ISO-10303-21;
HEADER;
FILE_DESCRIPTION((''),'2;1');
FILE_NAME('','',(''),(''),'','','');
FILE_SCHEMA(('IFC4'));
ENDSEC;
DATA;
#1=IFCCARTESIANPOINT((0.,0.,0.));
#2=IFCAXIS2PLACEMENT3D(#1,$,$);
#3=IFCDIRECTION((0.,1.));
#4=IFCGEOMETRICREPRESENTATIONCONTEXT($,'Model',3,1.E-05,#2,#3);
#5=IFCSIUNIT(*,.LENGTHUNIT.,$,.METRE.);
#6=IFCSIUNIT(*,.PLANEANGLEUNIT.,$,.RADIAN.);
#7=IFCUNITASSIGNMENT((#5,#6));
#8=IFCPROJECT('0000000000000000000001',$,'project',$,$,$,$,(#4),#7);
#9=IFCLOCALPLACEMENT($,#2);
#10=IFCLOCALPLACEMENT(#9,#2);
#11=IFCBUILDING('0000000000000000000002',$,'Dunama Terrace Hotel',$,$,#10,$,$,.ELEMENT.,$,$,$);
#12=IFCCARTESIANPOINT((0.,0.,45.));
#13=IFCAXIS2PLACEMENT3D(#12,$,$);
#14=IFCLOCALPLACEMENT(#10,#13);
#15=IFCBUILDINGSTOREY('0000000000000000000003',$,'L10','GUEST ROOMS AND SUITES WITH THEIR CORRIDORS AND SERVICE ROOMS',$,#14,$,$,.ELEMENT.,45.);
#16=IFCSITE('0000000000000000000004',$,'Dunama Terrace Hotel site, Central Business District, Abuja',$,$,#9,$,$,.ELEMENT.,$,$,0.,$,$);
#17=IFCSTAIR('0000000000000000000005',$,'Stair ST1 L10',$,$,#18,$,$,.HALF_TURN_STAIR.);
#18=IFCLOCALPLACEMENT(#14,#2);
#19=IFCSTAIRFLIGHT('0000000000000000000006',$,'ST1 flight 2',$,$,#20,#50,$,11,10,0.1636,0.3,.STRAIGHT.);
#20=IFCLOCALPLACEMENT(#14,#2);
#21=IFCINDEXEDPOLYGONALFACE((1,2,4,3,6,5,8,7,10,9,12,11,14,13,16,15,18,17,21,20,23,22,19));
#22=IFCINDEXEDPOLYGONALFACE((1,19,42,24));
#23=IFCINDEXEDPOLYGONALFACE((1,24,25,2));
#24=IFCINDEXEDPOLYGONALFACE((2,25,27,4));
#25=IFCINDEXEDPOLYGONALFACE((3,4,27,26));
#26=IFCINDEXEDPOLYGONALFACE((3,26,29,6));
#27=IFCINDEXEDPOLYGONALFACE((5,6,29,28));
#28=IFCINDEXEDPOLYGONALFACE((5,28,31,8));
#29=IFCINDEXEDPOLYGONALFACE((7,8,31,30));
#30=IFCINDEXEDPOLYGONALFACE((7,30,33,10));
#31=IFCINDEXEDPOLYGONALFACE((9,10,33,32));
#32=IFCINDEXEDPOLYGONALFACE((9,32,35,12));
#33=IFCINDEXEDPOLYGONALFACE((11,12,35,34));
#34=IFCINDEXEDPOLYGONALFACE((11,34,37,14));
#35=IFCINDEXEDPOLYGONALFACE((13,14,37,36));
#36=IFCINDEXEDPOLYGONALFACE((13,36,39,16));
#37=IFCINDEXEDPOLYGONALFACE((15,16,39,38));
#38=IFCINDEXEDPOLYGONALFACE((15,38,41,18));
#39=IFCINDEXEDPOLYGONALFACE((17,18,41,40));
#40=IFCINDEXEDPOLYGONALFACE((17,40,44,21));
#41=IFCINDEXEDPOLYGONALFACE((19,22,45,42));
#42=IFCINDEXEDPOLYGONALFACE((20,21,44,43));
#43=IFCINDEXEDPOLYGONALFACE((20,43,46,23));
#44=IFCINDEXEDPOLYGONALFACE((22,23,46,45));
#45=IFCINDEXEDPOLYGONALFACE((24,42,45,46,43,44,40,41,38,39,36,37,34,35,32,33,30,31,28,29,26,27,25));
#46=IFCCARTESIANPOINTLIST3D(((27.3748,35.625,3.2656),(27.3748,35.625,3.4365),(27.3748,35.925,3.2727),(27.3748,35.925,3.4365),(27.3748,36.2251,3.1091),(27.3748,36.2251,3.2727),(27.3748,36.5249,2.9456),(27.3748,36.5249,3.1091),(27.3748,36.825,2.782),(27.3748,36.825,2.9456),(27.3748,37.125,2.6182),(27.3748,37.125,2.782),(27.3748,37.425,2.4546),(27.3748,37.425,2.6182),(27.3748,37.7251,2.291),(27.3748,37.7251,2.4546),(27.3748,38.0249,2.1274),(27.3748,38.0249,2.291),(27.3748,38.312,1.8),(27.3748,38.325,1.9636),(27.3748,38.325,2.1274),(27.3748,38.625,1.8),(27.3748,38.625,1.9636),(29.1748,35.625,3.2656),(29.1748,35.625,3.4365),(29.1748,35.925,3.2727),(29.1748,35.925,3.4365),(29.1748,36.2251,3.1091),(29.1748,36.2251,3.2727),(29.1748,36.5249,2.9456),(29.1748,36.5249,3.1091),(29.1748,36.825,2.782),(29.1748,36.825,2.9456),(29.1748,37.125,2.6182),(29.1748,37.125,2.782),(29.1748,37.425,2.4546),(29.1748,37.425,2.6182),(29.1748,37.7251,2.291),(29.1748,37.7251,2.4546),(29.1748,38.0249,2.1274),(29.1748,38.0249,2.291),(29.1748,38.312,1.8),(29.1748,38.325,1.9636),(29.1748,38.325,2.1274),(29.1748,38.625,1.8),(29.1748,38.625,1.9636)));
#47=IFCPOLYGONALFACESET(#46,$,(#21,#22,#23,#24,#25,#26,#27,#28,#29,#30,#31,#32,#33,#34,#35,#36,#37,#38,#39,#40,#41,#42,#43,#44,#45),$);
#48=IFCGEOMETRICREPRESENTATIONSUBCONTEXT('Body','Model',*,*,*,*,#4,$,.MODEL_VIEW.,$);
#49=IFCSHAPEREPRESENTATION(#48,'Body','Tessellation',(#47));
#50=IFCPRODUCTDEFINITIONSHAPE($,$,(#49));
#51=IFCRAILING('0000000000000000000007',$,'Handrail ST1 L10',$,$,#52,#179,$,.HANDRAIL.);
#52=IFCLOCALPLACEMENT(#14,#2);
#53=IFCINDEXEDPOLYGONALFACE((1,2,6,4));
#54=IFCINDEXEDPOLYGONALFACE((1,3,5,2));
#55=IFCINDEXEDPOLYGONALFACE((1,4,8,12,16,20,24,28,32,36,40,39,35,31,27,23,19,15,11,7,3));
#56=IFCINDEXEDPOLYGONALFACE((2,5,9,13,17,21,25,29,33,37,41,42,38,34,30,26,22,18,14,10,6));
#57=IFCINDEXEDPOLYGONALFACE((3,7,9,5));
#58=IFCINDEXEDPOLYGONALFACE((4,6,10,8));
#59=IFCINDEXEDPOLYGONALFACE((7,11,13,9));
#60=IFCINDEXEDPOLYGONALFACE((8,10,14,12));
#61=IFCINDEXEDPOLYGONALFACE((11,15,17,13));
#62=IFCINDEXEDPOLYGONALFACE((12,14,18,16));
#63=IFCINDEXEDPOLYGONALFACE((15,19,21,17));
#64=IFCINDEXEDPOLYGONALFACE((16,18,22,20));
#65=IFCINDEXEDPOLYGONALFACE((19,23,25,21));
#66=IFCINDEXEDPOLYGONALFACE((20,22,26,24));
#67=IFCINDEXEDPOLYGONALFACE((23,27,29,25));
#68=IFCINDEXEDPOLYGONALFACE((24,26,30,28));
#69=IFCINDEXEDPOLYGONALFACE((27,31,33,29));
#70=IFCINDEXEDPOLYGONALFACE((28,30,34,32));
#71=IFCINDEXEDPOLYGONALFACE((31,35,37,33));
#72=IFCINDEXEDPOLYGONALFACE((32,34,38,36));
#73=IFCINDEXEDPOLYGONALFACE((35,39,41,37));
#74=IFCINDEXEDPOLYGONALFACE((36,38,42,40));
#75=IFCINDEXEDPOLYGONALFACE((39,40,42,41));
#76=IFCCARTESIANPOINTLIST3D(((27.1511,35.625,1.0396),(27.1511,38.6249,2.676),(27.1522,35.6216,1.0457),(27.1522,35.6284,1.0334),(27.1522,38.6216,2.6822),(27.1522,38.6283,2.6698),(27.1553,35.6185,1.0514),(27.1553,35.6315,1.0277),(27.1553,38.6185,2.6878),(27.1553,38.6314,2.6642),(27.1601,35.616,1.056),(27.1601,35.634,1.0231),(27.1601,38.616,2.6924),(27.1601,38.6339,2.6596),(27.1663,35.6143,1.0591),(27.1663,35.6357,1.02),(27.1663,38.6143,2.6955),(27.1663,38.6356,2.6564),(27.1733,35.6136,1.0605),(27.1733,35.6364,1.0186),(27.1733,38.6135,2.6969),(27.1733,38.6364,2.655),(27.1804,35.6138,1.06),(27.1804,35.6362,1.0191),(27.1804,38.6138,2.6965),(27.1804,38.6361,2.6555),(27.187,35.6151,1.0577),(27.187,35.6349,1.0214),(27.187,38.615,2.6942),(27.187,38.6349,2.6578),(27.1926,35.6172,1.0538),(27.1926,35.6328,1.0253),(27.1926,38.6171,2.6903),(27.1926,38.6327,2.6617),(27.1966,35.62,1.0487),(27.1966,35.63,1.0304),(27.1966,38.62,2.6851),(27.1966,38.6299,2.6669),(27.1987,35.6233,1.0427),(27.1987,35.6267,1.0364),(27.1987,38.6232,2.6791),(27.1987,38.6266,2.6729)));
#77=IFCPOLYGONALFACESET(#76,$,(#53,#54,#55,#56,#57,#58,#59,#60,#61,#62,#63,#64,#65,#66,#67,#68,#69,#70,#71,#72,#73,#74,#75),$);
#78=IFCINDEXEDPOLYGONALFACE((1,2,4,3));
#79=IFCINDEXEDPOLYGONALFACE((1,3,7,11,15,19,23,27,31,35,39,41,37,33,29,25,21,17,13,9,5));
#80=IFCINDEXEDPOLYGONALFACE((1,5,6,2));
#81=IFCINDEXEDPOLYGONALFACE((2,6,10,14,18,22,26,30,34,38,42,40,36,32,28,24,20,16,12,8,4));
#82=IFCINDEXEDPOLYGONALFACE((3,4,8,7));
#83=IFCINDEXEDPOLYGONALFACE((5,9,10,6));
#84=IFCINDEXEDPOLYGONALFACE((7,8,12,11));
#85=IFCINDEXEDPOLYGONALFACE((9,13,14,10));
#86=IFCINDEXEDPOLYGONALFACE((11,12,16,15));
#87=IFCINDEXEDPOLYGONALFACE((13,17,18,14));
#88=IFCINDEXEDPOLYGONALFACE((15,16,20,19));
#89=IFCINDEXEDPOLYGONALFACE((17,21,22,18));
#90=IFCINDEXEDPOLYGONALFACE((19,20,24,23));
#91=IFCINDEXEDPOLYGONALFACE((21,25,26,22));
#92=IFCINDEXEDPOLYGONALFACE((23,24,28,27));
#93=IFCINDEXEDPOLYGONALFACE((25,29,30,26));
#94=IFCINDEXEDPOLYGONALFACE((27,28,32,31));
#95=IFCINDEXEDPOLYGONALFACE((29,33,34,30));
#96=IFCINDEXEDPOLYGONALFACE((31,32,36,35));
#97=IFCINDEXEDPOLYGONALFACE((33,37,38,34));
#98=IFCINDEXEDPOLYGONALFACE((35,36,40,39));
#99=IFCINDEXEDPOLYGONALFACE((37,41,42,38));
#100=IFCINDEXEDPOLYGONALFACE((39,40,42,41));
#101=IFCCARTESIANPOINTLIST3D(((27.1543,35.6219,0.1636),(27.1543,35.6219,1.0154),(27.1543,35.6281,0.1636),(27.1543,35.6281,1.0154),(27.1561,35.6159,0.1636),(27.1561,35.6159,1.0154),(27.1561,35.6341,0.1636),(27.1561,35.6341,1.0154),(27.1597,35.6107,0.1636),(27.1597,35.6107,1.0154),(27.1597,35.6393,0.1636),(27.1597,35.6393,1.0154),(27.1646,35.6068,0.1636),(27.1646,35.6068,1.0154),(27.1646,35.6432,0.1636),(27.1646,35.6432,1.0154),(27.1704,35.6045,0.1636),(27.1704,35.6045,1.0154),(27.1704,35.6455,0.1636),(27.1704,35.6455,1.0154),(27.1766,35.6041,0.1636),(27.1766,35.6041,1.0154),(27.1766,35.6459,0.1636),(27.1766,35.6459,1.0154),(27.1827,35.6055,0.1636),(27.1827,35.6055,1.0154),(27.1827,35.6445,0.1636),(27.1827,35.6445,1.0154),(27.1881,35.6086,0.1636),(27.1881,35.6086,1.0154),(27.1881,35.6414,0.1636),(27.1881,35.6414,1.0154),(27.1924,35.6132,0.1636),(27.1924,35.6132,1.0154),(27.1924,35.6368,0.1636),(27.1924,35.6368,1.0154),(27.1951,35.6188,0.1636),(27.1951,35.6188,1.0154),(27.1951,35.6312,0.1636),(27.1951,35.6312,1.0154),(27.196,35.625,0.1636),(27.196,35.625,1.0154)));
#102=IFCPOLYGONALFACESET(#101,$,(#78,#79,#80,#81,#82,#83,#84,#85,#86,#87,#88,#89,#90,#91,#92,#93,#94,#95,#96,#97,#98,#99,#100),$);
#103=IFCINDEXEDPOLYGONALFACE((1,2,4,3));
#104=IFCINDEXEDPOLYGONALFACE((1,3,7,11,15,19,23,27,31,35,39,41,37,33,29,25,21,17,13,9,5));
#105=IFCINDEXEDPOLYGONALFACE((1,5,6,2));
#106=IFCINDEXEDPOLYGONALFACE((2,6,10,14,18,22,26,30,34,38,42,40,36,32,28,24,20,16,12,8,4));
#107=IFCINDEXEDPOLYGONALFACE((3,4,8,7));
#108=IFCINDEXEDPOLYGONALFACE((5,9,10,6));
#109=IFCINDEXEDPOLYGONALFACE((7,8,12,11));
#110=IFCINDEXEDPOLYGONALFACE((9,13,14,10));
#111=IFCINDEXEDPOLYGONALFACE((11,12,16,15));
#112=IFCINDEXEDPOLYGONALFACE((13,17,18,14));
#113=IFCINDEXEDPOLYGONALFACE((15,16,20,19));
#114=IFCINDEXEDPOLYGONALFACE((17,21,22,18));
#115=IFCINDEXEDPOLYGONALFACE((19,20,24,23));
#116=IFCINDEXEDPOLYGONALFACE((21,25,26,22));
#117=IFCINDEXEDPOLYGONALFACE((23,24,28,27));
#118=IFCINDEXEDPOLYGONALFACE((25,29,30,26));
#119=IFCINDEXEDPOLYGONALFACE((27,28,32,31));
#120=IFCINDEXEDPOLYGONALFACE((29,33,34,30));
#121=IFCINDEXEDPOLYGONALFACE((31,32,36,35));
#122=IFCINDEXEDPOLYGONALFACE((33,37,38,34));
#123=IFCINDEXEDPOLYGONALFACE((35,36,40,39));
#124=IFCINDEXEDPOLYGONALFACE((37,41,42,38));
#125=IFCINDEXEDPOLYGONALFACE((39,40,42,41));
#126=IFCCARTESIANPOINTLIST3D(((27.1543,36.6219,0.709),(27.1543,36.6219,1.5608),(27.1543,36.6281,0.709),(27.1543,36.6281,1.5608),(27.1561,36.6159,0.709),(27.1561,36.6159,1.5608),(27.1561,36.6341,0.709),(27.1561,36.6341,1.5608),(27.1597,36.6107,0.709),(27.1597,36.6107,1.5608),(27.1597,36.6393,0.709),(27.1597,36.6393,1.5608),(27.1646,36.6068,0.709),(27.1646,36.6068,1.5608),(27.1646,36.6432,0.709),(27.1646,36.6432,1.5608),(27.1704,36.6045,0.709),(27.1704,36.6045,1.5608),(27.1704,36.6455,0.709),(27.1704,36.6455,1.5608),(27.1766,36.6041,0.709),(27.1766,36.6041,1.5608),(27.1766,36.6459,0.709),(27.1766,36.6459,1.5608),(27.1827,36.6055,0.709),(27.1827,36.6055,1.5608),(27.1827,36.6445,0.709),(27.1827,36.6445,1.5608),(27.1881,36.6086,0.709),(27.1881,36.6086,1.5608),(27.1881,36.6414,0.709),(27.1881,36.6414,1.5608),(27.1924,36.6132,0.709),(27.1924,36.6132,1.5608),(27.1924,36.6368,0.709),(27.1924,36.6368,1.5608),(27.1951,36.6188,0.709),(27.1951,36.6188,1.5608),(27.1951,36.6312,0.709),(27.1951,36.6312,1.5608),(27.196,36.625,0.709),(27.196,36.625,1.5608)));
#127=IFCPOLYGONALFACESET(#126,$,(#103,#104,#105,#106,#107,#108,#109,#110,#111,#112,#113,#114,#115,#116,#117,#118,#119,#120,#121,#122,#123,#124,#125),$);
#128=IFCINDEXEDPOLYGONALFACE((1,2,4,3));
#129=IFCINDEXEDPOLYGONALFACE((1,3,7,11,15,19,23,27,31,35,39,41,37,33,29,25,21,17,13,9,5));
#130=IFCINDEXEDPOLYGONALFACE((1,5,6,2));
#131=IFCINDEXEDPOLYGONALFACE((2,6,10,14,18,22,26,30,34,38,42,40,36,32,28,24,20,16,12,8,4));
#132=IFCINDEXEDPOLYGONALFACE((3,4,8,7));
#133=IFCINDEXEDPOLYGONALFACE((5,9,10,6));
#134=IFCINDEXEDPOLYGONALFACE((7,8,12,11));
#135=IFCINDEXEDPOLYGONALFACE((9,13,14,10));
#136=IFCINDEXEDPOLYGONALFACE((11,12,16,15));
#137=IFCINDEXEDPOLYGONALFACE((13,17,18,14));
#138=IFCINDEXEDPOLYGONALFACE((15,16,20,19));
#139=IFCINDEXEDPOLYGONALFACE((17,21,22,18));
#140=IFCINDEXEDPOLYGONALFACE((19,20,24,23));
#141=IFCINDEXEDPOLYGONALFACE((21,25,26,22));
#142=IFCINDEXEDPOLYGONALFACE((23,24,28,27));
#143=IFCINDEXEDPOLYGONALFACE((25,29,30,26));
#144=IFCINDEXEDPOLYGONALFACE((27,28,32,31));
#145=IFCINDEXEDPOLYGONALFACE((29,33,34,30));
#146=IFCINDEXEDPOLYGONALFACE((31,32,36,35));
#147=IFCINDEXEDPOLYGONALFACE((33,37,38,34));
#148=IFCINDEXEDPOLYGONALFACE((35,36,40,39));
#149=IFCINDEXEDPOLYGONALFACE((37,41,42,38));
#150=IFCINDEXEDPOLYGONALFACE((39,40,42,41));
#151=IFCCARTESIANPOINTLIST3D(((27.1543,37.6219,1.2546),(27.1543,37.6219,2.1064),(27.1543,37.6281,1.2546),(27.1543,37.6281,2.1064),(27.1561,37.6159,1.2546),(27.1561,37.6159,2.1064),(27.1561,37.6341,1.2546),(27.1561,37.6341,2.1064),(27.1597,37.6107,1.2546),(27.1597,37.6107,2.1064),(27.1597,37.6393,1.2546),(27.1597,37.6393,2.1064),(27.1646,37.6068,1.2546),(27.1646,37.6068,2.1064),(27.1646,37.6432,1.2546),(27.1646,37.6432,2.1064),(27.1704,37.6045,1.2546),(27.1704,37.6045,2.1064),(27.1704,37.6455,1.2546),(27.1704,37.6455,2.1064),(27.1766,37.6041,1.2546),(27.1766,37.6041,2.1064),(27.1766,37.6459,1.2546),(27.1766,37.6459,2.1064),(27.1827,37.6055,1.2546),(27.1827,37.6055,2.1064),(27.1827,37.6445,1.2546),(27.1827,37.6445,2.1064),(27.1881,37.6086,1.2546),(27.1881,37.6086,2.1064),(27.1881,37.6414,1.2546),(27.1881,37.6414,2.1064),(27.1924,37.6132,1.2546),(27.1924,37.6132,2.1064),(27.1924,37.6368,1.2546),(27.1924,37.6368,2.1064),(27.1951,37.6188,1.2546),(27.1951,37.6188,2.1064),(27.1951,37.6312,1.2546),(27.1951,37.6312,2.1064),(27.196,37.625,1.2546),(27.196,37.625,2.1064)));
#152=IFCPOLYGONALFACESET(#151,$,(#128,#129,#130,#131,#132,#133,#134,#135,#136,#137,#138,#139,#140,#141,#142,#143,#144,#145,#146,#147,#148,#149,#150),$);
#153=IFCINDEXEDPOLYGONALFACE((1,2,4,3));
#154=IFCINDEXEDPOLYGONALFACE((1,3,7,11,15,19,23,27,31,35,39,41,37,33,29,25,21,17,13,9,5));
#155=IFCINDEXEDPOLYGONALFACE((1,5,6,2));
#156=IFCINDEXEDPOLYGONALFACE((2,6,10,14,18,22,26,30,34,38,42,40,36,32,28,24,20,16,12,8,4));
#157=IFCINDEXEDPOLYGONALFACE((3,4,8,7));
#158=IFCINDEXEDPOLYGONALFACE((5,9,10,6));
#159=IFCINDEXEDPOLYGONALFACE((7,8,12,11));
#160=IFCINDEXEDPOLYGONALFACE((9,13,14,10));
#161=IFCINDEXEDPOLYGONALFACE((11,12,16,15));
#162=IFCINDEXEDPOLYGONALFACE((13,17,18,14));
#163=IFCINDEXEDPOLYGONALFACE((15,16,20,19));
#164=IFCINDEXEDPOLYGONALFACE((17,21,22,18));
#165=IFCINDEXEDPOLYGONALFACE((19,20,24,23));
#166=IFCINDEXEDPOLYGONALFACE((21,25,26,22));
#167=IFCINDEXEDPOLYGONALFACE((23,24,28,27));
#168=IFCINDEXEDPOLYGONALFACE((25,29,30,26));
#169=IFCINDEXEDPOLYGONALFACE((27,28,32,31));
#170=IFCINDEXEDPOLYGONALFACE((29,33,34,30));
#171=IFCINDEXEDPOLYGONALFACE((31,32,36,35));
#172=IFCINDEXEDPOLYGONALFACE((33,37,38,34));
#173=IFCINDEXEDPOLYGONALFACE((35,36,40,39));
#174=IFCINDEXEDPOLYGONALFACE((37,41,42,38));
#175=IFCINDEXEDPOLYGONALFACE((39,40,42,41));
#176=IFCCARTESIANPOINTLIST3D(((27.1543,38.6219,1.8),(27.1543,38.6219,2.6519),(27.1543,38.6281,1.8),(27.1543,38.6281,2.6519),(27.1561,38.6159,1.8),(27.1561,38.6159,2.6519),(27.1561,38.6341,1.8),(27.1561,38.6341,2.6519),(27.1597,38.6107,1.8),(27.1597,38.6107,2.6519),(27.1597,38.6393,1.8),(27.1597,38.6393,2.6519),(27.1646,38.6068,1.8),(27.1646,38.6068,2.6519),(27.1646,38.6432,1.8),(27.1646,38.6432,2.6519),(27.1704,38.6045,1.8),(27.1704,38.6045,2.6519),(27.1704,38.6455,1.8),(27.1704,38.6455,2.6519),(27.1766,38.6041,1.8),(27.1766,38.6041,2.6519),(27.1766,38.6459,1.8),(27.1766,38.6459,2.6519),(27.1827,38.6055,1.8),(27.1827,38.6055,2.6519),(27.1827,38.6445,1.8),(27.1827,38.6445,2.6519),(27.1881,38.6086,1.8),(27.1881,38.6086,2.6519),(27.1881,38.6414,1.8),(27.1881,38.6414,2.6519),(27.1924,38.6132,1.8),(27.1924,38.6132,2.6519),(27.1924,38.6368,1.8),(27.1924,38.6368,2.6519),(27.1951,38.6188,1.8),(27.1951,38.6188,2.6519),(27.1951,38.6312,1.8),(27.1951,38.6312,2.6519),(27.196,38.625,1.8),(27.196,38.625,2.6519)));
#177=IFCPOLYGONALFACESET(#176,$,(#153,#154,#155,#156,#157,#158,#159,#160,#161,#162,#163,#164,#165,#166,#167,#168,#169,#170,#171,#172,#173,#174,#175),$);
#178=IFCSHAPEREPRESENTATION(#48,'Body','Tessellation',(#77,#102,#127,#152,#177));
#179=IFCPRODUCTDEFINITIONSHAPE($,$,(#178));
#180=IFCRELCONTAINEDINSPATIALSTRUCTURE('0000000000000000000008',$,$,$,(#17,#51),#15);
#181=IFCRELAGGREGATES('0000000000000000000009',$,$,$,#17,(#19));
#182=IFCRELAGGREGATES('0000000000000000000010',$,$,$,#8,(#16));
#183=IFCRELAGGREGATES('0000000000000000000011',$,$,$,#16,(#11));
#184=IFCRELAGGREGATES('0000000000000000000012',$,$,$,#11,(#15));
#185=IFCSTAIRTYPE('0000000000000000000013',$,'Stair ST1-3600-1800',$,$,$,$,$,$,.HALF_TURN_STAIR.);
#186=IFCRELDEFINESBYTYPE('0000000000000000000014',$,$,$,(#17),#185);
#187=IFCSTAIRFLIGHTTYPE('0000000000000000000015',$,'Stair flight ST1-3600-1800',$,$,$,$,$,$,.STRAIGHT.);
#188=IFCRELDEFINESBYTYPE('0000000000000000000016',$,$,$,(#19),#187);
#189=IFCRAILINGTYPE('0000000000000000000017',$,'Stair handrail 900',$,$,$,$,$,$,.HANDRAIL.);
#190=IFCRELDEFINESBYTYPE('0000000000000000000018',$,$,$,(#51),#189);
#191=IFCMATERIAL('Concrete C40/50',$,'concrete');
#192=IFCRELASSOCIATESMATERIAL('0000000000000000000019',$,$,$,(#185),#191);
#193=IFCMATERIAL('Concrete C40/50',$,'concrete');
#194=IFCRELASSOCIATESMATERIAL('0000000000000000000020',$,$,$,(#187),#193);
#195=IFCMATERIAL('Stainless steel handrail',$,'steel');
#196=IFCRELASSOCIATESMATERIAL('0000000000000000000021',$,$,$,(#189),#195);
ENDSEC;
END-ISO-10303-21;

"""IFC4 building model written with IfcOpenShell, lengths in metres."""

from ifc_helpers import new_model, si_unit, direction, frame, origin, origin_2d, place, context, subcontext, project, spatial, polyline, circle, outline, extrude, material, type_object, element, aggregate, save


model = new_model("IFC4")

# Units and contexts
model_context = context("Model", 3, precision=1e-05, world=origin(), true_north=direction((0.0, 1.0)))
body_context = subcontext(model_context, "Body", "Model", "MODEL_VIEW")
ifc_project = project(units=[si_unit("LENGTHUNIT", "METRE"), si_unit("PLANEANGLEUNIT", "RADIAN")], contexts=[model_context])

# Site, building, storey
site_placement = place(None, origin())
site = spatial("IfcSite", under=ifc_project, at=site_placement, Name="Dunama Terrace Hotel site, Central Business District, Abuja", CompositionType="ELEMENT", RefElevation=0.0)
building_placement = place(site_placement, origin())
building = spatial("IfcBuilding", under=site, at=building_placement, Name="Dunama Terrace Hotel", CompositionType="ELEMENT")
storey_placement = place(building_placement, frame((0.0, 0.0, 45.0)))
storey = spatial("IfcBuildingStorey", under=building, at=storey_placement, Name="L10", Description="GUEST ROOMS AND SUITES WITH THEIR CORRIDORS AND SERVICE ROOMS", CompositionType="ELEMENT", Elevation=45.0)

# Stair, stair flight
ifc_material_1 = material(Name="Concrete C40/50", Category="concrete")
stair_type = type_object("IfcStairType", Name="Stair ST1-3600-1800", PredefinedType="HALF_TURN_STAIR", material=ifc_material_1)
stair_placement = place(storey_placement, origin())
stair = element("IfcStair", 1, at=stair_placement, inside=storey, type_object=stair_type, Name="Stair ST1 L10", PredefinedType="HALF_TURN_STAIR")
ifc_material_2 = material(Name="Concrete C40/50", Category="concrete")
stair_flight_type = type_object("IfcStairFlightType", Name="Stair flight ST1-3600-1800", PredefinedType="STRAIGHT", material=ifc_material_2)
stair_flight_1_placement = place(storey_placement, frame((28.2749, 38.625, 1.8), z_axis=(0.0, 0.0, 1.0), x_axis=(0.0, -1.0, 0.0)))
stair_flight_1 = element("IfcStairFlight", 2, at=stair_flight_1_placement, type_object=stair_flight_type, Name="ST1 flight 2", NumberOfRisers=11, NumberOfTreads=10, PredefinedType="STRAIGHT", RiserHeight=0.1636, TreadLength=0.3, context=body_context, shape_type="SweptSolid", body=[
    extrude(outline(polyline([(0.0, 0.0), (0.0, 0.1636), (0.3, 0.1636), (0.3, 0.3274), (0.6001, 0.3274), (0.6001, 0.491), (0.8999, 0.491), (0.8999, 0.6545), (1.2, 0.6545), (1.2, 0.8181), (1.5, 0.8181), (1.5, 0.9819), (1.8, 0.9819), (1.8, 1.1455), (2.1001, 1.1455), (2.1001, 1.3091), (2.3999, 1.3091), (2.3999, 1.4727), (2.7, 1.4727), (2.7, 1.6365), (3.0, 1.6365), (3.0, 1.8), (3.0, 1.4656), (0.313, 0.0), (0.0, 0.0)])), frame((0.0, 0.8999, 0.0), z_axis=(0.0, -1.0, 0.0), x_axis=(1.0, 0.0, 0.0)), (0.0, 0.0, 1.0), 1.8),
])
aggregate(stair, [stair_flight_1])

# Railing
ifc_material_3 = material(Name="Stainless steel handrail", Category="steel")
railing_type = type_object("IfcRailingType", Name="Stair handrail 900", PredefinedType="HANDRAIL", material=ifc_material_3)
railing_1_placement = place(storey_placement, frame((27.175, 35.625, 0.1636)))
element("IfcRailing", 3, at=railing_1_placement, inside=storey, type_object=railing_type, Name="Handrail ST1 L10", PredefinedType="HANDRAIL", context=body_context, shape_type="SweptSolid", body=[
    extrude(circle(Radius=0.0239, at=origin_2d()), frame((0.0, 0.0, 0.876), z_axis=(0.0, 0.877882, 0.478877), x_axis=(-1.0, 0.0, 0.0)), (0.0, 0.0, 1.0), 3.4172),
    extrude(circle(Radius=0.021, at=origin_2d()), origin(), (0.0, 0.0, 1.0), 0.8518),
    extrude(circle(Radius=0.021, at=origin_2d()), frame((0.0, 1.0, 0.5454)), (0.0, 0.0, 1.0), 0.8518),
    extrude(circle(Radius=0.021, at=origin_2d()), frame((0.0, 2.0, 1.0911)), (0.0, 0.0, 1.0), 0.8518),
    extrude(circle(Radius=0.021, at=origin_2d()), frame((0.0, 3.0, 1.6365)), (0.0, 0.0, 1.0), 0.8518),
])

save(model, "model.ifc")
